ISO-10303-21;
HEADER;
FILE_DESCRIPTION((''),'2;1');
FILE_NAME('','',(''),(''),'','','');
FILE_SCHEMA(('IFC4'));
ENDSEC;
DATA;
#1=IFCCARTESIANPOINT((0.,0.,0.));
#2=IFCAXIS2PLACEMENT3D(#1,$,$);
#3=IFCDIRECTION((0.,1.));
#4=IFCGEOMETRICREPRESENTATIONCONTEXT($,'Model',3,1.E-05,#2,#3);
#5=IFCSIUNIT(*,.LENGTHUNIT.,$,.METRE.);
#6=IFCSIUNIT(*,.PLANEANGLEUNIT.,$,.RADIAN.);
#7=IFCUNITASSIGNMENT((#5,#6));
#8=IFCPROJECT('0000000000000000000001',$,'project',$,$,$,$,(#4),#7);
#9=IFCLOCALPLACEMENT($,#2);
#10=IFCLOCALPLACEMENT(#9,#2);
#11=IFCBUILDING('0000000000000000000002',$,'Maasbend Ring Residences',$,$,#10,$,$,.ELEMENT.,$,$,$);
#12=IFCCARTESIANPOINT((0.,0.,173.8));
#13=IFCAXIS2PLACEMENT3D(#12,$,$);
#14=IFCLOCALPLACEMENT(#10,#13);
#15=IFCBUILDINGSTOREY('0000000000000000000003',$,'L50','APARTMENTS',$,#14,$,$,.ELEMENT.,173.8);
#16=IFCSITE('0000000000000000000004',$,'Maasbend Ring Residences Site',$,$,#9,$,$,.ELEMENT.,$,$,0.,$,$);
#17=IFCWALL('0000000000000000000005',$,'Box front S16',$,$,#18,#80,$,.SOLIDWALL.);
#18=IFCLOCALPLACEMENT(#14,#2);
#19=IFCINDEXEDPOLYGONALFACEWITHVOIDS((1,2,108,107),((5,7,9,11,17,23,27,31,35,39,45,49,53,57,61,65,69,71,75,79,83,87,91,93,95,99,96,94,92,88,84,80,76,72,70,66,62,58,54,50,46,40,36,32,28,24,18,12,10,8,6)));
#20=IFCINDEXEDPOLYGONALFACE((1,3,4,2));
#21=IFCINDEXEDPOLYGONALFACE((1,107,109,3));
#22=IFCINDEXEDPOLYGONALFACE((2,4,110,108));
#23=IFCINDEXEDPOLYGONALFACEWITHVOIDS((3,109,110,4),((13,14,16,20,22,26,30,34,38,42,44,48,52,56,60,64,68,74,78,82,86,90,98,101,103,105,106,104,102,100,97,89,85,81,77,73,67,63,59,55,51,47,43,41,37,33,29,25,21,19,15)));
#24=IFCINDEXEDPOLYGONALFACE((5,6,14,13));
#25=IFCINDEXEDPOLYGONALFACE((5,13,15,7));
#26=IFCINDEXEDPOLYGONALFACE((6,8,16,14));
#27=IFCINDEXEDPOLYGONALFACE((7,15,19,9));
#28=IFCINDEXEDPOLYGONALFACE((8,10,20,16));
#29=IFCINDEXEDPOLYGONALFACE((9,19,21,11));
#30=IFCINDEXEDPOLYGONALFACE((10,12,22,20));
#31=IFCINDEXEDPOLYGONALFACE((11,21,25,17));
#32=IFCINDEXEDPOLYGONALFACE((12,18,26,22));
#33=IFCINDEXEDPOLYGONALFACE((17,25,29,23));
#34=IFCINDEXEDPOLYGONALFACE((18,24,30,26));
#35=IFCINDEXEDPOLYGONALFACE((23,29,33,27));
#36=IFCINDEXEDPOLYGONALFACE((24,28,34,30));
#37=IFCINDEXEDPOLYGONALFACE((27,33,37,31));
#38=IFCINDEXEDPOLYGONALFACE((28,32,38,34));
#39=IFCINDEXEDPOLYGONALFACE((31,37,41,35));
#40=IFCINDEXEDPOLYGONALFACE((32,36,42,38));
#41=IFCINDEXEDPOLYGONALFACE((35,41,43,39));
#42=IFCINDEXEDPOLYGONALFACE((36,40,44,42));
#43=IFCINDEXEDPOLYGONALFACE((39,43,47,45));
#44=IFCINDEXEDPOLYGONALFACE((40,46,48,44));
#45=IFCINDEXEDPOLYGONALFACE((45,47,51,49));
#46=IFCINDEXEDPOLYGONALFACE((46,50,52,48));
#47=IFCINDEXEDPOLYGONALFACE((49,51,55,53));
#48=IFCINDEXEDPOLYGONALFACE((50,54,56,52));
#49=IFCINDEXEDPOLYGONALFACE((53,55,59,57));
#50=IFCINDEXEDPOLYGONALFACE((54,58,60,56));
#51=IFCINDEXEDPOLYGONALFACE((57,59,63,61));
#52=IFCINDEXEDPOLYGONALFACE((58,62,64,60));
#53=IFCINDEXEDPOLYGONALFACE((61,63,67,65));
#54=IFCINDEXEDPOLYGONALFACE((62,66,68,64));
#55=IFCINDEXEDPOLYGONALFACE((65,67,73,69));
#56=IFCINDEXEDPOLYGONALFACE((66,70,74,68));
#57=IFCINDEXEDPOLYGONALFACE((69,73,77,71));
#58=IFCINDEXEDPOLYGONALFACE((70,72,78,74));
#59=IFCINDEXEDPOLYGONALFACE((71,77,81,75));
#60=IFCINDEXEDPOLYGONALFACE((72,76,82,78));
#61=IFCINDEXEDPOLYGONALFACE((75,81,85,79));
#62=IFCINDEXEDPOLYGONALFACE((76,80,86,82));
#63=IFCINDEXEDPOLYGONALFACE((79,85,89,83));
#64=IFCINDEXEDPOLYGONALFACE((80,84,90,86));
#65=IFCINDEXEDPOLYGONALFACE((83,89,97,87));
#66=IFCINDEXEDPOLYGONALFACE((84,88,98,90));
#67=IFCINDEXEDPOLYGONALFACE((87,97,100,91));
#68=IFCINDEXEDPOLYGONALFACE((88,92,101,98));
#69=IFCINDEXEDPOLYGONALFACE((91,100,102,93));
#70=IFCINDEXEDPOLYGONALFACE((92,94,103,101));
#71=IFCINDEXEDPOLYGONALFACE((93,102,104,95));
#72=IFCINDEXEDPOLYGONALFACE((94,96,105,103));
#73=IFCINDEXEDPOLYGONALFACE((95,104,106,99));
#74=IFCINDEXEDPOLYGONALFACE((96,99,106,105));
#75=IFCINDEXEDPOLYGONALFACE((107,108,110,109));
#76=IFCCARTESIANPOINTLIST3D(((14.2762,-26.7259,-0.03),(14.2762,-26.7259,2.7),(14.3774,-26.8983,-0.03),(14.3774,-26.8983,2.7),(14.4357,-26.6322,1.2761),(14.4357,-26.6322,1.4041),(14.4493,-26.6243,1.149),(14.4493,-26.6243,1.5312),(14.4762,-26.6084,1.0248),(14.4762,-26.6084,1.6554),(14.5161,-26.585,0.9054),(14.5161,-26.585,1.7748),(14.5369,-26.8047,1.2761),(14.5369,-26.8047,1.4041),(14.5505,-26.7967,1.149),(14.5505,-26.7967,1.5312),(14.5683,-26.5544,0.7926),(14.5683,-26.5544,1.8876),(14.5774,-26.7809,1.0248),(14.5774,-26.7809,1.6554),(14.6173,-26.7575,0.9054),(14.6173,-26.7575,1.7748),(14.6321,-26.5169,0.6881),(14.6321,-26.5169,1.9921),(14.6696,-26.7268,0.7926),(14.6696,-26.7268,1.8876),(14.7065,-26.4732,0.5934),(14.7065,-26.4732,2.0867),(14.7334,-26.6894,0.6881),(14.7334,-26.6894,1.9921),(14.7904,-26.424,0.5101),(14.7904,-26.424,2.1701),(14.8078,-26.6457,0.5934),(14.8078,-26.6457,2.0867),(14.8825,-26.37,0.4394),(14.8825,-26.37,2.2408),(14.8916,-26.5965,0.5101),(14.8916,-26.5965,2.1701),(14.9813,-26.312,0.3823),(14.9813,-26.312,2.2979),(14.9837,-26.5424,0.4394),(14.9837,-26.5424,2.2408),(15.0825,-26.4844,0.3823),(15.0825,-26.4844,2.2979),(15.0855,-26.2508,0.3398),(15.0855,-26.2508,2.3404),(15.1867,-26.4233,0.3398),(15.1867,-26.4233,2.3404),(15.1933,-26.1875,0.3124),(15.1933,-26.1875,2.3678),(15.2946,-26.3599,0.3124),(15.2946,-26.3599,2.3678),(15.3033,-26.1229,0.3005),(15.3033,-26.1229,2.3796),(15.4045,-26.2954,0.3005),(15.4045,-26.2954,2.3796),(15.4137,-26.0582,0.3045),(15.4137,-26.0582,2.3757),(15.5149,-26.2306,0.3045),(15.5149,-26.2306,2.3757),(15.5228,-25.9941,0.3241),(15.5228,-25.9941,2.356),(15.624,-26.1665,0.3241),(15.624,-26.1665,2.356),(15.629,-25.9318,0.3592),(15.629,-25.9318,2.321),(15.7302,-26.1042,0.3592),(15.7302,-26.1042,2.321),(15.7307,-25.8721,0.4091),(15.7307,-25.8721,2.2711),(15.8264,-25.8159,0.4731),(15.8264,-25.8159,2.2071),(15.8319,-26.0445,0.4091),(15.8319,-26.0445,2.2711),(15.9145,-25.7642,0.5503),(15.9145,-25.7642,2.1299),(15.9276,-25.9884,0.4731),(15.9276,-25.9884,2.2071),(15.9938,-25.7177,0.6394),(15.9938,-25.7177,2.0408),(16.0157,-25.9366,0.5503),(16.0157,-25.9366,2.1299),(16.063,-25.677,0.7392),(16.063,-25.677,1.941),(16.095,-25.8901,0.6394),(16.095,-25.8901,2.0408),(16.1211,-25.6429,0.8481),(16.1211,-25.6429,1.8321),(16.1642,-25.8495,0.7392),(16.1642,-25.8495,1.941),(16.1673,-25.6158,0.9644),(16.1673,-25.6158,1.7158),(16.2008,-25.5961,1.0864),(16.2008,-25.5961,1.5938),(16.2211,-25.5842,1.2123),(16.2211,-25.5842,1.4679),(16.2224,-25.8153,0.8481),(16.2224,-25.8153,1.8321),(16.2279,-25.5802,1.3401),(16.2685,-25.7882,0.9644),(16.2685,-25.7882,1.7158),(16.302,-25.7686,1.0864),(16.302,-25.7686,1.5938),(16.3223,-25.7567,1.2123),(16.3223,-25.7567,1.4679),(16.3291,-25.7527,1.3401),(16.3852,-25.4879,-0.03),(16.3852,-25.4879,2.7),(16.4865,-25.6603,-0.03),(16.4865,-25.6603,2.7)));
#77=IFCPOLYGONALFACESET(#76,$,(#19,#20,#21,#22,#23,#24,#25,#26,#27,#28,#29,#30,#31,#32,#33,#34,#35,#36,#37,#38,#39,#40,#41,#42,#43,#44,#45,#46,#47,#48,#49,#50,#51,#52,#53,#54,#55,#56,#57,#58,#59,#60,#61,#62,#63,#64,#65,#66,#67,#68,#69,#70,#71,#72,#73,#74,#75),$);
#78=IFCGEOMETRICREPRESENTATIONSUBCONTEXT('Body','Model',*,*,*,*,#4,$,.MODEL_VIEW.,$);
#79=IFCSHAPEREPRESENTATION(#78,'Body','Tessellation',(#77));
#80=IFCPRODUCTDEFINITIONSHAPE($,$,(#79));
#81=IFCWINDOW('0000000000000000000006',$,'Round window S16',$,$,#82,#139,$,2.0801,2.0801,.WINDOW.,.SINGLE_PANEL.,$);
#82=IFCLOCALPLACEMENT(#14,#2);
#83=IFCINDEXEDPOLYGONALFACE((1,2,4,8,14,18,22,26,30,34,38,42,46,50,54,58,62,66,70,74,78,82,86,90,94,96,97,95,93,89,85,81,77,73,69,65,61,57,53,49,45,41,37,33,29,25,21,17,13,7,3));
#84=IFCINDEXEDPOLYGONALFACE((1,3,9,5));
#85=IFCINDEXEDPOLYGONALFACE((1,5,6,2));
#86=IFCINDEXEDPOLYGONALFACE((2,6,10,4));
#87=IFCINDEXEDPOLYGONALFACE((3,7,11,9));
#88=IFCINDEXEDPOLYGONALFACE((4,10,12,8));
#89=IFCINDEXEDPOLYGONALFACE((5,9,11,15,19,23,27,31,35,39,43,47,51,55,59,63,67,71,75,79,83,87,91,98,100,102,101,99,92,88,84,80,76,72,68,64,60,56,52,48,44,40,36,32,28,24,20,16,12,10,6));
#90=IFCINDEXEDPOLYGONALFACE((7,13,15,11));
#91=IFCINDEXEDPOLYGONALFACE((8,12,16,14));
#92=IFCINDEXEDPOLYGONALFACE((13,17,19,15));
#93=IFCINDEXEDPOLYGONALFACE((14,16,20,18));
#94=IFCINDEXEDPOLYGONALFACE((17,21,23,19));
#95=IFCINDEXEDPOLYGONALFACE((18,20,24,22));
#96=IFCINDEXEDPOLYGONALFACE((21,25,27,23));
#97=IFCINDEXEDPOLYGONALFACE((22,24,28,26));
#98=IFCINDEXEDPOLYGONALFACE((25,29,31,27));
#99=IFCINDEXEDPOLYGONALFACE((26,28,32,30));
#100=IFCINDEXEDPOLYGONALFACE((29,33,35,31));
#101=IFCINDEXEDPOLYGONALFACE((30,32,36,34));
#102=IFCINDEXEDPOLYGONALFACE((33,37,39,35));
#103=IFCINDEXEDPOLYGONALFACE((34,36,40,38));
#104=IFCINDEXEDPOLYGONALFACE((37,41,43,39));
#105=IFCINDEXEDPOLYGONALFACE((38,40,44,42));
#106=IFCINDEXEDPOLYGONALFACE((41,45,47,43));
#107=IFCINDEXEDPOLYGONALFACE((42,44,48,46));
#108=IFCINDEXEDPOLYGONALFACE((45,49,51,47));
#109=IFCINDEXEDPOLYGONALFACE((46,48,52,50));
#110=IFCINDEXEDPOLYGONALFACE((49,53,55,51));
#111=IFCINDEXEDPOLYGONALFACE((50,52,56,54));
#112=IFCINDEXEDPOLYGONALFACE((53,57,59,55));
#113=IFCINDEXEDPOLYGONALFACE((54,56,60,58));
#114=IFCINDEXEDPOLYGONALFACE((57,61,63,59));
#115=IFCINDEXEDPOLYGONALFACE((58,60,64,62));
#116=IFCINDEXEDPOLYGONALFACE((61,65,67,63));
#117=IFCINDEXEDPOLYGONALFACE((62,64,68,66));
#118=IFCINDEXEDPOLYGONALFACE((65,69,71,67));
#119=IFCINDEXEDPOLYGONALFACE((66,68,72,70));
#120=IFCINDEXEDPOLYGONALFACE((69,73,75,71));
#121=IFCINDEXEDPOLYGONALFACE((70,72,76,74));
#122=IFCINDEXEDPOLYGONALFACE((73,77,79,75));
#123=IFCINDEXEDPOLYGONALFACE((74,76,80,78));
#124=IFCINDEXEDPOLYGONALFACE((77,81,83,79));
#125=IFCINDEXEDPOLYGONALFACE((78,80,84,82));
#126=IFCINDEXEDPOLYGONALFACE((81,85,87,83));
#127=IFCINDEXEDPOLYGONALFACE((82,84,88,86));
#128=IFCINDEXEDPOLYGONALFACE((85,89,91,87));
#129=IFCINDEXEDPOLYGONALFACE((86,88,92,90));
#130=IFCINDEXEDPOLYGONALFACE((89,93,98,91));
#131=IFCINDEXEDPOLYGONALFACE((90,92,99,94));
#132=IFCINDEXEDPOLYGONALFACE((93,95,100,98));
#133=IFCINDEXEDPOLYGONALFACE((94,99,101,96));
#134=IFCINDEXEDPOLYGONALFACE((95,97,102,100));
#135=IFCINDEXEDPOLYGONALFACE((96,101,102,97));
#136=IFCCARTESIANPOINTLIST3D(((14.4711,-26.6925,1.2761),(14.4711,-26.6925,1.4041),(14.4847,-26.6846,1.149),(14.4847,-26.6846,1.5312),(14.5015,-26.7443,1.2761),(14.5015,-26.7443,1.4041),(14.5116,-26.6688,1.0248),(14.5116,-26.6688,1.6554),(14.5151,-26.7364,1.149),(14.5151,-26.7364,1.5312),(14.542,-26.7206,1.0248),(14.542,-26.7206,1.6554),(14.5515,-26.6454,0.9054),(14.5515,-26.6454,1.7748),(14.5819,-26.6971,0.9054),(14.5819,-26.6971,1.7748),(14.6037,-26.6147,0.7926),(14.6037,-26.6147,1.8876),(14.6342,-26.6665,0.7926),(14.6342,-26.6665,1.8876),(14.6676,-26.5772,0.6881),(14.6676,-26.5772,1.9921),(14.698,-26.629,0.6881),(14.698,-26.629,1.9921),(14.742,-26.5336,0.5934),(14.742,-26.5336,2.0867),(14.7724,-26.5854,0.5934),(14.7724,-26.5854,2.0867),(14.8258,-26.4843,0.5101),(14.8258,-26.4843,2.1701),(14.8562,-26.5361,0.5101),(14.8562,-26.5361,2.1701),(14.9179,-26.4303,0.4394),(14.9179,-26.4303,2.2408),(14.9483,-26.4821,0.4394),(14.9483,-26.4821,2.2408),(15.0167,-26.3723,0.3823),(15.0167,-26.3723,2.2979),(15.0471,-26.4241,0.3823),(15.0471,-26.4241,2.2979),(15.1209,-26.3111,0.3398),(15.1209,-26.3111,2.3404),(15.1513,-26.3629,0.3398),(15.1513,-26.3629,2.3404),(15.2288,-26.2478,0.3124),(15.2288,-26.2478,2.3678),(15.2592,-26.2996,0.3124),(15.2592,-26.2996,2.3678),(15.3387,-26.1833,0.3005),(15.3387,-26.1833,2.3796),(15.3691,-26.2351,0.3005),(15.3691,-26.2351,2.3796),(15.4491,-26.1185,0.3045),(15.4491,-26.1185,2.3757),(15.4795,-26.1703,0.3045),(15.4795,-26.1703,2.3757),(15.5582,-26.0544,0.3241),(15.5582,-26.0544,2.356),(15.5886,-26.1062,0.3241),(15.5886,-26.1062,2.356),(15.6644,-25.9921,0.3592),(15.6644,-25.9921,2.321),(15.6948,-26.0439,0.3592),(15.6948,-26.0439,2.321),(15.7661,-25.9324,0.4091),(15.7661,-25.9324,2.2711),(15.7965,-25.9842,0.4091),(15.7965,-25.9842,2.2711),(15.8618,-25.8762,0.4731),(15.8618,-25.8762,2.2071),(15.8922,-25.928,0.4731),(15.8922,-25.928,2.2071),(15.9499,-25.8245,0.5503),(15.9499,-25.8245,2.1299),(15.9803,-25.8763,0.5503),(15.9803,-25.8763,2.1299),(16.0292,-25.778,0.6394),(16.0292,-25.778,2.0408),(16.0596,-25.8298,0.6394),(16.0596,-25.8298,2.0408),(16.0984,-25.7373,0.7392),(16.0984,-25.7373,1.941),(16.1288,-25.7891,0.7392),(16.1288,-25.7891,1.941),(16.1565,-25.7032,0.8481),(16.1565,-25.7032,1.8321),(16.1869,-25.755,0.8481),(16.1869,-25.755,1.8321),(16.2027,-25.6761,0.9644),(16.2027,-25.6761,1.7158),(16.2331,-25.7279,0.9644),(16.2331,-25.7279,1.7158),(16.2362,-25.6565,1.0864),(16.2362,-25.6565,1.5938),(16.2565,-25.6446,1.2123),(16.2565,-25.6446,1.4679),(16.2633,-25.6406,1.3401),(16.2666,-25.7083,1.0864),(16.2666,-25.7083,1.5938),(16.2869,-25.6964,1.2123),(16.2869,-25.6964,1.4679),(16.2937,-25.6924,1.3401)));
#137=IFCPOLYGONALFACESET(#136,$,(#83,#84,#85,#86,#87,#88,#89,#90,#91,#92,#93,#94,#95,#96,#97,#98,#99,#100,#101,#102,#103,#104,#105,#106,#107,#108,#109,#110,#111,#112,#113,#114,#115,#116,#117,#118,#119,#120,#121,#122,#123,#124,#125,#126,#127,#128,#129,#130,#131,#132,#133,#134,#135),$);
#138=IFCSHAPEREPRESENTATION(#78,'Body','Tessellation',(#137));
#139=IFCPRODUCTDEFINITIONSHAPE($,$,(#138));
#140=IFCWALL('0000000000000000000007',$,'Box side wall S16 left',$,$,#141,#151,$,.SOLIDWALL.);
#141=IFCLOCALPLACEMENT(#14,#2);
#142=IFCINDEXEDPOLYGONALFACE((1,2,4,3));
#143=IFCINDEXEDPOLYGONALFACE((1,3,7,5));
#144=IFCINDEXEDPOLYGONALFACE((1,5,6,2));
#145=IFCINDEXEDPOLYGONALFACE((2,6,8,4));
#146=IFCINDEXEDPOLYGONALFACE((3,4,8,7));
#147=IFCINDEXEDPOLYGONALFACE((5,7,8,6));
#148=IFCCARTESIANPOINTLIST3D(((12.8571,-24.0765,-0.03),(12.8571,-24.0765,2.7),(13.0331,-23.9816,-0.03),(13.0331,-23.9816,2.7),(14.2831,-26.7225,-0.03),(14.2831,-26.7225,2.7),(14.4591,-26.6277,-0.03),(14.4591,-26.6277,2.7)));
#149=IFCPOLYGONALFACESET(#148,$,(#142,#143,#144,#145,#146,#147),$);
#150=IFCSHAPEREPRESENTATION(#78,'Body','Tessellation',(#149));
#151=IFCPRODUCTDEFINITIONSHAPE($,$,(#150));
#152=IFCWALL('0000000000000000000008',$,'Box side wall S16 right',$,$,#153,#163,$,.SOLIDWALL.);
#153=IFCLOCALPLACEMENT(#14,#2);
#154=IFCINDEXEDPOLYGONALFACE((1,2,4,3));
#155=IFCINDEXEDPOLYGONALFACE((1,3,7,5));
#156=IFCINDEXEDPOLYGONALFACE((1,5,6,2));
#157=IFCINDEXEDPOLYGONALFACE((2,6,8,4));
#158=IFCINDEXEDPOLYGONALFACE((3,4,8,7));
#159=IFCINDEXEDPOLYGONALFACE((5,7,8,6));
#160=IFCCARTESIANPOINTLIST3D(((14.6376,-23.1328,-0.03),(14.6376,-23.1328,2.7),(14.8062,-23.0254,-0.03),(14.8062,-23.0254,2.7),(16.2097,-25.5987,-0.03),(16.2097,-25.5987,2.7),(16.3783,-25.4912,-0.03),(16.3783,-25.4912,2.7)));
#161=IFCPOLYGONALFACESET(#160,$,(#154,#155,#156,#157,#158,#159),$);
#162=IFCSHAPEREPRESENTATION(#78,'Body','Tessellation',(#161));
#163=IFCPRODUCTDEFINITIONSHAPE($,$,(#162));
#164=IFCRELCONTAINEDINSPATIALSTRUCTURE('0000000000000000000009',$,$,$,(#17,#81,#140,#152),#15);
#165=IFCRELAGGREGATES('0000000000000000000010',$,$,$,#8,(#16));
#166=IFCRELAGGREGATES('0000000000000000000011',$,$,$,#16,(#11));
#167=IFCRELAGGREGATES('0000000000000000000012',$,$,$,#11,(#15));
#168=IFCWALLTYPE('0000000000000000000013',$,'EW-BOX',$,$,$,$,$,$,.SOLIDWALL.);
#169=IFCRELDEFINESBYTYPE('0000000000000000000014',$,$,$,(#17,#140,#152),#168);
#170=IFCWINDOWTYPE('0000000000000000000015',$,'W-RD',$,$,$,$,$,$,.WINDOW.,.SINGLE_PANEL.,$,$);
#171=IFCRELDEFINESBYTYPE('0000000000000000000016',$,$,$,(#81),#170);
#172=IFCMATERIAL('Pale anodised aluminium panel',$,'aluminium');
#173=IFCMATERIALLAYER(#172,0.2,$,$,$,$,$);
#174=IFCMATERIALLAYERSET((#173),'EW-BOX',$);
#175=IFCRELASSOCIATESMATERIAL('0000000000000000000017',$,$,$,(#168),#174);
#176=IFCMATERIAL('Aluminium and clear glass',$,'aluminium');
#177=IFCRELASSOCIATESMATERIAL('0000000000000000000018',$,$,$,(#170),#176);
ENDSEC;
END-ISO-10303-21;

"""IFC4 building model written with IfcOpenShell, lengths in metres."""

from ifc_helpers import new_model, si_unit, direction, frame, frame_2d, origin, place, context, subcontext, project, spatial, rectangle, circle, extrude, material, layer, layer_set, type_object, element, fill, save


model = new_model("IFC4")

# Units and contexts
model_context = context("Model", 3, precision=1e-05, world=origin(), true_north=direction((0.0, 1.0)))
body_context = subcontext(model_context, "Body", "Model", "MODEL_VIEW")
ifc_project = project(units=[si_unit("LENGTHUNIT", "METRE"), si_unit("PLANEANGLEUNIT", "RADIAN")], contexts=[model_context])

# Site, building, storey
site_placement = place(None, origin())
site = spatial("IfcSite", under=ifc_project, at=site_placement, Name="Maasbend Ring Residences Site", CompositionType="ELEMENT", RefElevation=0.0)
building_placement = place(site_placement, origin())
building = spatial("IfcBuilding", under=site, at=building_placement, Name="Maasbend Ring Residences", CompositionType="ELEMENT")
storey_placement = place(building_placement, frame((0.0, 0.0, 173.8)))
storey = spatial("IfcBuildingStorey", under=building, at=storey_placement, Name="L50", Description="APARTMENTS", CompositionType="ELEMENT", Elevation=173.8)

# Wall, opening, window
ifc_material_1 = material(Name="Pale anodised aluminium panel", Category="aluminium")
ifc_layer_1 = layer(ifc_material_1, 0.2)
ifc_layer_set_1 = layer_set([ifc_layer_1], Name="EW-BOX")
wall_type_1 = type_object("IfcWallType", Name="EW-BOX", PredefinedType="SOLIDWALL", material=ifc_layer_set_1)
wall_1_placement = place(storey_placement, frame((14.3269, -26.812, -0.03), z_axis=(0.0, 0.0, 1.0), x_axis=(0.862403, 0.506222, 0.0)))
wall_1 = element("IfcWall", 1, at=wall_1_placement, inside=storey, type_object=wall_type_1, Name="Box front S16", PredefinedType="SOLIDWALL", context=body_context, shape_type="SweptSolid", body=[
    extrude(rectangle(XDim=2.4456, YDim=0.2, at=frame_2d((1.2227, 0.0))), origin(), (0.0, 0.0, 1.0), 2.73),
])
opening_1_placement = place(wall_1_placement, frame((0.1829, 0.0, 0.3301)))
opening_1 = element("IfcOpeningElement", 2, at=opening_1_placement, cuts=wall_1, PredefinedType="OPENING", context=body_context, shape_type="SweptSolid", body=[
    extrude(circle(Radius=1.04, at=frame_2d((1.04, 1.04))), frame((0.0, 0.1099, 0.0), z_axis=(0.0, -1.0, 0.0), x_axis=(1.0, 0.0, 0.0)), (0.0, 0.0, 1.0), 0.22),
])
ifc_material_2 = material(Name="Aluminium and clear glass", Category="aluminium")
window_type_1 = type_object("IfcWindowType", Name="W-RD", PartitioningType="SINGLE_PANEL", PredefinedType="WINDOW", material=ifc_material_2)
window_1_placement = place(opening_1_placement, origin())
window_1 = element("IfcWindow", 3, at=window_1_placement, inside=storey, type_object=window_type_1, Name="Round window S16", OverallHeight=2.0801, OverallWidth=2.0801, PartitioningType="SINGLE_PANEL", PredefinedType="WINDOW", context=body_context, shape_type="SweptSolid", body=[
    extrude(circle(Radius=1.04, at=frame_2d((1.04, 1.04))), frame((0.0, 0.03, 0.0), z_axis=(0.0, -1.0, 0.0), x_axis=(1.0, 0.0, 0.0)), (0.0, 0.0, 1.0), 0.0601),
])
fill(opening_1, window_1)

# Walls
wall_2_placement = place(storey_placement, frame((12.9451, -24.0291, -0.03), z_axis=(0.0, 0.0, 1.0), x_axis=(0.474424, -0.880296, 0.0)))
element("IfcWall", 4, at=wall_2_placement, inside=storey, type_object=wall_type_1, Name="Box side wall S16 left", PredefinedType="SOLIDWALL", context=body_context, shape_type="SweptSolid", body=[
    extrude(rectangle(XDim=3.0059, YDim=0.2, at=frame_2d((1.5029, 0.0))), origin(), (0.0, 0.0, 1.0), 2.73),
])
wall_3_placement = place(storey_placement, frame((14.7219, -23.0791, -0.03), z_axis=(0.0, 0.0, 1.0), x_axis=(0.537572, -0.843218, 0.0)))
element("IfcWall", 5, at=wall_3_placement, inside=storey, type_object=wall_type_1, Name="Box side wall S16 right", PredefinedType="SOLIDWALL", context=body_context, shape_type="SweptSolid", body=[
    extrude(rectangle(XDim=2.9243, YDim=0.2, at=frame_2d((1.4622, 0.0))), origin(), (0.0, 0.0, 1.0), 2.73),
])

save(model, "model.ifc")
